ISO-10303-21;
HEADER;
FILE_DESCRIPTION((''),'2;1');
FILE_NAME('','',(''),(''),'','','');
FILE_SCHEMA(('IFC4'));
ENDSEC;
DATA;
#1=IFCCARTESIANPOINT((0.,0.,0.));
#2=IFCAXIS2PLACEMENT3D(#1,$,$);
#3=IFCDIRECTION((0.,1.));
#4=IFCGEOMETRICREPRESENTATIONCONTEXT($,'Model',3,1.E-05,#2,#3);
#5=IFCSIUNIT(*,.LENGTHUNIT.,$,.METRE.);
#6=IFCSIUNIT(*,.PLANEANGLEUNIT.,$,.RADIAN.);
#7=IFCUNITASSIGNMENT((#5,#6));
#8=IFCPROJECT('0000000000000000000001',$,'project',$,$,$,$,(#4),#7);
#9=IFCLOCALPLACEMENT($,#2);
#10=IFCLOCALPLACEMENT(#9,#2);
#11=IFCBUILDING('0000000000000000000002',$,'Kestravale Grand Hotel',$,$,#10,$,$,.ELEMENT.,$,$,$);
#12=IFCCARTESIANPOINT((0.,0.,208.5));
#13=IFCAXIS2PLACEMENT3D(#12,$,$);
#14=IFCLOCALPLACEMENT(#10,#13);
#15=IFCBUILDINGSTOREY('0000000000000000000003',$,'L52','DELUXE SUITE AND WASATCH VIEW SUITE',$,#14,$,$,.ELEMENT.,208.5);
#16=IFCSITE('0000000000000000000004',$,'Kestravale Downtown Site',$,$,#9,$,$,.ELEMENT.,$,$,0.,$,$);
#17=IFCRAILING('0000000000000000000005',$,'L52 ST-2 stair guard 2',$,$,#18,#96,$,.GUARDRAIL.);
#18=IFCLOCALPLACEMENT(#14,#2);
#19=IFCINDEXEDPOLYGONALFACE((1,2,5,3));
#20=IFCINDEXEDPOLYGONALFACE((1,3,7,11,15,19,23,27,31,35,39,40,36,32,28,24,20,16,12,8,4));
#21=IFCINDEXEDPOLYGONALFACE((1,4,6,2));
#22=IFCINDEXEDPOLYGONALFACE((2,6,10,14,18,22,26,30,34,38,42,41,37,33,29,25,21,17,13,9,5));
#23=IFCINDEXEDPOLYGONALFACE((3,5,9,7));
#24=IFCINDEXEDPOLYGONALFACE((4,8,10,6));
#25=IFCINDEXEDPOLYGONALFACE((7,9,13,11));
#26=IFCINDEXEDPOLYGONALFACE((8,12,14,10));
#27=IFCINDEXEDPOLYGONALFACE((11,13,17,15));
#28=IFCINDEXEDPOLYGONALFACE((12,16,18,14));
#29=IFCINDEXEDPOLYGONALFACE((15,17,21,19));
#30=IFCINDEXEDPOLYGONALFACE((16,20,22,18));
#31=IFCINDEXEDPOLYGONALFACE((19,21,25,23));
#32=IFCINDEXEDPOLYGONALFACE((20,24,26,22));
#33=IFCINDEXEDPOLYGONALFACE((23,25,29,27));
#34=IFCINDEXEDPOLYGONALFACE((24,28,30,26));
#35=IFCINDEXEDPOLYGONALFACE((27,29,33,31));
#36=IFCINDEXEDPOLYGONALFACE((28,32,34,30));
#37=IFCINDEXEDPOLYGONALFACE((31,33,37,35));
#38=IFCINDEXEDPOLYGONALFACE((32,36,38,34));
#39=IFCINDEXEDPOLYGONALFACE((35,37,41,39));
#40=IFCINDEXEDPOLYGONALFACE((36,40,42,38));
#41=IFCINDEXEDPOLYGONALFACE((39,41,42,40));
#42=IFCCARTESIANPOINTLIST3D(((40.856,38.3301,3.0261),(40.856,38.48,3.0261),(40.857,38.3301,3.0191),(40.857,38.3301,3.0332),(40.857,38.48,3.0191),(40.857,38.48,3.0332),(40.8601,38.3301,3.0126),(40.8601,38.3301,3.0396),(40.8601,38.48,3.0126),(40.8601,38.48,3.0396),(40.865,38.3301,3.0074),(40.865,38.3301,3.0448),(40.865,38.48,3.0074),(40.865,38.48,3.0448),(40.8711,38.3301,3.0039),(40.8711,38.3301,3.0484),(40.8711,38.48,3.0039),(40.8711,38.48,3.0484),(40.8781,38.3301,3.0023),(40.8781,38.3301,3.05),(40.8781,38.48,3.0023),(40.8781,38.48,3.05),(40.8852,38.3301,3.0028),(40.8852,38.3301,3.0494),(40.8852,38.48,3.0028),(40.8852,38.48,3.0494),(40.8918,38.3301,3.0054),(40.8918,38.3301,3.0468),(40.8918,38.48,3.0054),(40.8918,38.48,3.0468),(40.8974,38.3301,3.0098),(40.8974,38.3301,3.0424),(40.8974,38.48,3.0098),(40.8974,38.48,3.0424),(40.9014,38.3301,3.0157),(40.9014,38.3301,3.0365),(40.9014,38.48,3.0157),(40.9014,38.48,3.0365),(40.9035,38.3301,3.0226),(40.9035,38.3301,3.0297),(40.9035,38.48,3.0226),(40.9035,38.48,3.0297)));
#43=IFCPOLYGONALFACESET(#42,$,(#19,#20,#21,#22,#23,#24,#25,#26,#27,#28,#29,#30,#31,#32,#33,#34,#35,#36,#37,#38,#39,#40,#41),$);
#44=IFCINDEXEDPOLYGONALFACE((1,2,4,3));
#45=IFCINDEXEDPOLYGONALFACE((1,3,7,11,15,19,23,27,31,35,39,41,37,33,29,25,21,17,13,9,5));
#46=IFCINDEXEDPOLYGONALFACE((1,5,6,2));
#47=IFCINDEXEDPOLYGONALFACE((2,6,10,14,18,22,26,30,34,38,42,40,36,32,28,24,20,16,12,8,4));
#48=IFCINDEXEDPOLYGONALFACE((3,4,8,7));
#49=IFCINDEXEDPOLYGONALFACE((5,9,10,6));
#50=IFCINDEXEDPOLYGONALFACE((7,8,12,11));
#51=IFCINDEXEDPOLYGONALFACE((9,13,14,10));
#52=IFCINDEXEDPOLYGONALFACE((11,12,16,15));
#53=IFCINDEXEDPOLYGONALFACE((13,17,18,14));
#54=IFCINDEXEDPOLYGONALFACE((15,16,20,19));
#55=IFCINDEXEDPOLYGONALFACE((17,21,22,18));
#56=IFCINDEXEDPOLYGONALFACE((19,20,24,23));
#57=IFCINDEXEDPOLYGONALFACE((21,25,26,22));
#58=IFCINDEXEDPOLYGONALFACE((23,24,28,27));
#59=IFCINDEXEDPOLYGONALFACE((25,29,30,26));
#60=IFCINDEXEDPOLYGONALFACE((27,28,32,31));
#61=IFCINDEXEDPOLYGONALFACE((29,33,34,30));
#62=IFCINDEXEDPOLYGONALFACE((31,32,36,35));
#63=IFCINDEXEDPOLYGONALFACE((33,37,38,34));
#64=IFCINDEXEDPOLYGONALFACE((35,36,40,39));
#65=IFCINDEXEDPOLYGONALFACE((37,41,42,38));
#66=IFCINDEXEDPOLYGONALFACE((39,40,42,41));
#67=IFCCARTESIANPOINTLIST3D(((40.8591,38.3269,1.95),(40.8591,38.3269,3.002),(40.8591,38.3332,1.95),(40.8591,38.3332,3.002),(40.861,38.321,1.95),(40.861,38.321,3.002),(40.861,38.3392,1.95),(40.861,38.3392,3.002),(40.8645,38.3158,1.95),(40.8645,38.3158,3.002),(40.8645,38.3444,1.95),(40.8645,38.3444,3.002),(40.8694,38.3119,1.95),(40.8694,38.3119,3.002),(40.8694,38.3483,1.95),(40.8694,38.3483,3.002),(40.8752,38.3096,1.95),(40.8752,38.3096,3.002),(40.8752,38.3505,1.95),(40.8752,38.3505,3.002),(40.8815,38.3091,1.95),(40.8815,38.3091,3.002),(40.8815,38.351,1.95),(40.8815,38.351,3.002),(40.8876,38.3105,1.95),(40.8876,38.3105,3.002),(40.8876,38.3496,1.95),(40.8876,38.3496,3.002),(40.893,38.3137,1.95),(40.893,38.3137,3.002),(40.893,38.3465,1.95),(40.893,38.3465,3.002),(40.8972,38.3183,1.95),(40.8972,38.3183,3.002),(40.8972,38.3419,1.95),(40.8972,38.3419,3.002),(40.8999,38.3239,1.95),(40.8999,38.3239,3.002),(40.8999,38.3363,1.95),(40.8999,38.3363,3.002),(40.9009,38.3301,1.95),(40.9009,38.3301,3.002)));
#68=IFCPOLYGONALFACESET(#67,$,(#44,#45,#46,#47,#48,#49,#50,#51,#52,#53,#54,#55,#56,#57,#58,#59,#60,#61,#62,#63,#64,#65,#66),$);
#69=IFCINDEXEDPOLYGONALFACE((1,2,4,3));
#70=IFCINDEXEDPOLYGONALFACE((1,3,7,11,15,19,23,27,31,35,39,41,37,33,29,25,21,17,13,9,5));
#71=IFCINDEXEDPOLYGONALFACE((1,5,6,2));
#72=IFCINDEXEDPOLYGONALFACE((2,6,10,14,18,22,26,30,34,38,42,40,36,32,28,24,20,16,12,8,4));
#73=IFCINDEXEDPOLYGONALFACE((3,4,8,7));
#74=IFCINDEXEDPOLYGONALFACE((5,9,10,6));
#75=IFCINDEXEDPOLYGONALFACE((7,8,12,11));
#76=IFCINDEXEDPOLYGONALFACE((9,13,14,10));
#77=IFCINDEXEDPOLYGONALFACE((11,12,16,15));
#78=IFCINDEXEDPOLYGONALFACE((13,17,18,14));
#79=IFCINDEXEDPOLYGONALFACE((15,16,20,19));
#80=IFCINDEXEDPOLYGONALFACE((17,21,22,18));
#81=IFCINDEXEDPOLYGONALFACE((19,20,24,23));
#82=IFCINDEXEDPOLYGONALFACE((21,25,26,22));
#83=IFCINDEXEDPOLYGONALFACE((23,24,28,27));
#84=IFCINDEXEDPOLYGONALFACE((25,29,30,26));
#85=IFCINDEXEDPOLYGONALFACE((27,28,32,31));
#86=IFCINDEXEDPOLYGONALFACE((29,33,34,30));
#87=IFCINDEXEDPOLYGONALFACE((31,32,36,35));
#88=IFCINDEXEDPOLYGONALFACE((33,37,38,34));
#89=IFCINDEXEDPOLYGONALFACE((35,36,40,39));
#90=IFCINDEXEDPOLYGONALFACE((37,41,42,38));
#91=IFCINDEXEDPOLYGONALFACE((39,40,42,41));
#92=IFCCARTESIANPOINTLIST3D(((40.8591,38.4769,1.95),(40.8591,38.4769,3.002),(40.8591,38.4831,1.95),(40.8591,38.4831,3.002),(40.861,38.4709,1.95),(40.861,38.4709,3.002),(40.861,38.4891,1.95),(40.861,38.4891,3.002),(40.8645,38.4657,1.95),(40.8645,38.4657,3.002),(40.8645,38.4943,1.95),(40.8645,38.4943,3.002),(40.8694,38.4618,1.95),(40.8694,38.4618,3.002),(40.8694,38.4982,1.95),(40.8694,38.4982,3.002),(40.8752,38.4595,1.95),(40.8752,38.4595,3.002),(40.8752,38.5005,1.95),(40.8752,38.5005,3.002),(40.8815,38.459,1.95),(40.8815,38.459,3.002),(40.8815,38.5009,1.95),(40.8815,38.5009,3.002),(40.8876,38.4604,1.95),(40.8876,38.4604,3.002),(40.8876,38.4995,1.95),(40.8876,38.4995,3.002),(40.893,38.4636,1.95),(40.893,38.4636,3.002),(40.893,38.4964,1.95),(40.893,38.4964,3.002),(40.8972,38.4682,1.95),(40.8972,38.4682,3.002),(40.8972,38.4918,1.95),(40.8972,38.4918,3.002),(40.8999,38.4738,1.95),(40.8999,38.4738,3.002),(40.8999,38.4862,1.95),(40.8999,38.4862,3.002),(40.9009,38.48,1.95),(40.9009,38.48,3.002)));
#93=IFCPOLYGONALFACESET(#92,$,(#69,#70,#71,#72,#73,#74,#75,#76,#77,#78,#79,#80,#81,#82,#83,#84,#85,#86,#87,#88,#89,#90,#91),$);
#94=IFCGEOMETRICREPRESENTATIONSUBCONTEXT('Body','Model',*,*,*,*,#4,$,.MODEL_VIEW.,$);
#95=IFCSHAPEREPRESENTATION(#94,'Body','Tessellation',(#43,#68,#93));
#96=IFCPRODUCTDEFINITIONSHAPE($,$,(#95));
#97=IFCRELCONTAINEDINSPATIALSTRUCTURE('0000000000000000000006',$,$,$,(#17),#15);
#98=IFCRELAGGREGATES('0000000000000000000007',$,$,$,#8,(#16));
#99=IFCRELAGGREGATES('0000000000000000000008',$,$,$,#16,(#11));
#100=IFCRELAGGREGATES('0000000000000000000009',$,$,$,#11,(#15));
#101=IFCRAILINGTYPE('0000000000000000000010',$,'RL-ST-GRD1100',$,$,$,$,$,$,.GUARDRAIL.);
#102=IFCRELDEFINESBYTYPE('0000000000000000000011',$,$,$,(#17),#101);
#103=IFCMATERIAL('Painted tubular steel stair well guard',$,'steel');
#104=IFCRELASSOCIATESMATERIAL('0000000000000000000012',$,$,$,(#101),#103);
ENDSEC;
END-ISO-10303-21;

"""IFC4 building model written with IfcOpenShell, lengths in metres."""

from ifc_helpers import new_model, si_unit, direction, frame, origin, origin_2d, place, context, subcontext, project, spatial, circle, extrude, material, type_object, element, save


model = new_model("IFC4")

# Units and contexts
model_context = context("Model", 3, precision=1e-05, world=origin(), true_north=direction((0.0, 1.0)))
body_context = subcontext(model_context, "Body", "Model", "MODEL_VIEW")
ifc_project = project(units=[si_unit("LENGTHUNIT", "METRE"), si_unit("PLANEANGLEUNIT", "RADIAN")], contexts=[model_context])

# Site, building, storey
site_placement = place(None, origin())
site = spatial("IfcSite", under=ifc_project, at=site_placement, Name="Kestravale Downtown Site", CompositionType="ELEMENT", RefElevation=0.0)
building_placement = place(site_placement, origin())
building = spatial("IfcBuilding", under=site, at=building_placement, Name="Kestravale Grand Hotel", CompositionType="ELEMENT")
storey_placement = place(building_placement, frame((0.0, 0.0, 208.5)))
storey = spatial("IfcBuildingStorey", under=building, at=storey_placement, Name="L52", Description="DELUXE SUITE AND WASATCH VIEW SUITE", CompositionType="ELEMENT", Elevation=208.5)

# Railing
ifc_material_1 = material(Name="Painted tubular steel stair well guard", Category="steel")
railing_type_1 = type_object("IfcRailingType", Name="RL-ST-GRD1100", PredefinedType="GUARDRAIL", material=ifc_material_1)
railing_1_placement = place(storey_placement, frame((40.8799, 38.3301, 1.95)))
element("IfcRailing", 1, at=railing_1_placement, inside=storey, type_object=railing_type_1, Name="L52 ST-2 stair guard 2", PredefinedType="GUARDRAIL", context=body_context, shape_type="SweptSolid", body=[
    extrude(circle(Radius=0.0239, at=origin_2d()), frame((0.0, 0.0, 1.0762), z_axis=(0.0, 1.0, 0.0), x_axis=(-1.0, 0.0, 0.0)), (0.0, 0.0, 1.0), 0.1499),
    extrude(circle(Radius=0.021, at=origin_2d()), origin(), (0.0, 0.0, 1.0), 1.052),
    extrude(circle(Radius=0.021, at=origin_2d()), frame((0.0, 0.1499, 0.0)), (0.0, 0.0, 1.0), 1.052),
])

save(model, "model.ifc")
